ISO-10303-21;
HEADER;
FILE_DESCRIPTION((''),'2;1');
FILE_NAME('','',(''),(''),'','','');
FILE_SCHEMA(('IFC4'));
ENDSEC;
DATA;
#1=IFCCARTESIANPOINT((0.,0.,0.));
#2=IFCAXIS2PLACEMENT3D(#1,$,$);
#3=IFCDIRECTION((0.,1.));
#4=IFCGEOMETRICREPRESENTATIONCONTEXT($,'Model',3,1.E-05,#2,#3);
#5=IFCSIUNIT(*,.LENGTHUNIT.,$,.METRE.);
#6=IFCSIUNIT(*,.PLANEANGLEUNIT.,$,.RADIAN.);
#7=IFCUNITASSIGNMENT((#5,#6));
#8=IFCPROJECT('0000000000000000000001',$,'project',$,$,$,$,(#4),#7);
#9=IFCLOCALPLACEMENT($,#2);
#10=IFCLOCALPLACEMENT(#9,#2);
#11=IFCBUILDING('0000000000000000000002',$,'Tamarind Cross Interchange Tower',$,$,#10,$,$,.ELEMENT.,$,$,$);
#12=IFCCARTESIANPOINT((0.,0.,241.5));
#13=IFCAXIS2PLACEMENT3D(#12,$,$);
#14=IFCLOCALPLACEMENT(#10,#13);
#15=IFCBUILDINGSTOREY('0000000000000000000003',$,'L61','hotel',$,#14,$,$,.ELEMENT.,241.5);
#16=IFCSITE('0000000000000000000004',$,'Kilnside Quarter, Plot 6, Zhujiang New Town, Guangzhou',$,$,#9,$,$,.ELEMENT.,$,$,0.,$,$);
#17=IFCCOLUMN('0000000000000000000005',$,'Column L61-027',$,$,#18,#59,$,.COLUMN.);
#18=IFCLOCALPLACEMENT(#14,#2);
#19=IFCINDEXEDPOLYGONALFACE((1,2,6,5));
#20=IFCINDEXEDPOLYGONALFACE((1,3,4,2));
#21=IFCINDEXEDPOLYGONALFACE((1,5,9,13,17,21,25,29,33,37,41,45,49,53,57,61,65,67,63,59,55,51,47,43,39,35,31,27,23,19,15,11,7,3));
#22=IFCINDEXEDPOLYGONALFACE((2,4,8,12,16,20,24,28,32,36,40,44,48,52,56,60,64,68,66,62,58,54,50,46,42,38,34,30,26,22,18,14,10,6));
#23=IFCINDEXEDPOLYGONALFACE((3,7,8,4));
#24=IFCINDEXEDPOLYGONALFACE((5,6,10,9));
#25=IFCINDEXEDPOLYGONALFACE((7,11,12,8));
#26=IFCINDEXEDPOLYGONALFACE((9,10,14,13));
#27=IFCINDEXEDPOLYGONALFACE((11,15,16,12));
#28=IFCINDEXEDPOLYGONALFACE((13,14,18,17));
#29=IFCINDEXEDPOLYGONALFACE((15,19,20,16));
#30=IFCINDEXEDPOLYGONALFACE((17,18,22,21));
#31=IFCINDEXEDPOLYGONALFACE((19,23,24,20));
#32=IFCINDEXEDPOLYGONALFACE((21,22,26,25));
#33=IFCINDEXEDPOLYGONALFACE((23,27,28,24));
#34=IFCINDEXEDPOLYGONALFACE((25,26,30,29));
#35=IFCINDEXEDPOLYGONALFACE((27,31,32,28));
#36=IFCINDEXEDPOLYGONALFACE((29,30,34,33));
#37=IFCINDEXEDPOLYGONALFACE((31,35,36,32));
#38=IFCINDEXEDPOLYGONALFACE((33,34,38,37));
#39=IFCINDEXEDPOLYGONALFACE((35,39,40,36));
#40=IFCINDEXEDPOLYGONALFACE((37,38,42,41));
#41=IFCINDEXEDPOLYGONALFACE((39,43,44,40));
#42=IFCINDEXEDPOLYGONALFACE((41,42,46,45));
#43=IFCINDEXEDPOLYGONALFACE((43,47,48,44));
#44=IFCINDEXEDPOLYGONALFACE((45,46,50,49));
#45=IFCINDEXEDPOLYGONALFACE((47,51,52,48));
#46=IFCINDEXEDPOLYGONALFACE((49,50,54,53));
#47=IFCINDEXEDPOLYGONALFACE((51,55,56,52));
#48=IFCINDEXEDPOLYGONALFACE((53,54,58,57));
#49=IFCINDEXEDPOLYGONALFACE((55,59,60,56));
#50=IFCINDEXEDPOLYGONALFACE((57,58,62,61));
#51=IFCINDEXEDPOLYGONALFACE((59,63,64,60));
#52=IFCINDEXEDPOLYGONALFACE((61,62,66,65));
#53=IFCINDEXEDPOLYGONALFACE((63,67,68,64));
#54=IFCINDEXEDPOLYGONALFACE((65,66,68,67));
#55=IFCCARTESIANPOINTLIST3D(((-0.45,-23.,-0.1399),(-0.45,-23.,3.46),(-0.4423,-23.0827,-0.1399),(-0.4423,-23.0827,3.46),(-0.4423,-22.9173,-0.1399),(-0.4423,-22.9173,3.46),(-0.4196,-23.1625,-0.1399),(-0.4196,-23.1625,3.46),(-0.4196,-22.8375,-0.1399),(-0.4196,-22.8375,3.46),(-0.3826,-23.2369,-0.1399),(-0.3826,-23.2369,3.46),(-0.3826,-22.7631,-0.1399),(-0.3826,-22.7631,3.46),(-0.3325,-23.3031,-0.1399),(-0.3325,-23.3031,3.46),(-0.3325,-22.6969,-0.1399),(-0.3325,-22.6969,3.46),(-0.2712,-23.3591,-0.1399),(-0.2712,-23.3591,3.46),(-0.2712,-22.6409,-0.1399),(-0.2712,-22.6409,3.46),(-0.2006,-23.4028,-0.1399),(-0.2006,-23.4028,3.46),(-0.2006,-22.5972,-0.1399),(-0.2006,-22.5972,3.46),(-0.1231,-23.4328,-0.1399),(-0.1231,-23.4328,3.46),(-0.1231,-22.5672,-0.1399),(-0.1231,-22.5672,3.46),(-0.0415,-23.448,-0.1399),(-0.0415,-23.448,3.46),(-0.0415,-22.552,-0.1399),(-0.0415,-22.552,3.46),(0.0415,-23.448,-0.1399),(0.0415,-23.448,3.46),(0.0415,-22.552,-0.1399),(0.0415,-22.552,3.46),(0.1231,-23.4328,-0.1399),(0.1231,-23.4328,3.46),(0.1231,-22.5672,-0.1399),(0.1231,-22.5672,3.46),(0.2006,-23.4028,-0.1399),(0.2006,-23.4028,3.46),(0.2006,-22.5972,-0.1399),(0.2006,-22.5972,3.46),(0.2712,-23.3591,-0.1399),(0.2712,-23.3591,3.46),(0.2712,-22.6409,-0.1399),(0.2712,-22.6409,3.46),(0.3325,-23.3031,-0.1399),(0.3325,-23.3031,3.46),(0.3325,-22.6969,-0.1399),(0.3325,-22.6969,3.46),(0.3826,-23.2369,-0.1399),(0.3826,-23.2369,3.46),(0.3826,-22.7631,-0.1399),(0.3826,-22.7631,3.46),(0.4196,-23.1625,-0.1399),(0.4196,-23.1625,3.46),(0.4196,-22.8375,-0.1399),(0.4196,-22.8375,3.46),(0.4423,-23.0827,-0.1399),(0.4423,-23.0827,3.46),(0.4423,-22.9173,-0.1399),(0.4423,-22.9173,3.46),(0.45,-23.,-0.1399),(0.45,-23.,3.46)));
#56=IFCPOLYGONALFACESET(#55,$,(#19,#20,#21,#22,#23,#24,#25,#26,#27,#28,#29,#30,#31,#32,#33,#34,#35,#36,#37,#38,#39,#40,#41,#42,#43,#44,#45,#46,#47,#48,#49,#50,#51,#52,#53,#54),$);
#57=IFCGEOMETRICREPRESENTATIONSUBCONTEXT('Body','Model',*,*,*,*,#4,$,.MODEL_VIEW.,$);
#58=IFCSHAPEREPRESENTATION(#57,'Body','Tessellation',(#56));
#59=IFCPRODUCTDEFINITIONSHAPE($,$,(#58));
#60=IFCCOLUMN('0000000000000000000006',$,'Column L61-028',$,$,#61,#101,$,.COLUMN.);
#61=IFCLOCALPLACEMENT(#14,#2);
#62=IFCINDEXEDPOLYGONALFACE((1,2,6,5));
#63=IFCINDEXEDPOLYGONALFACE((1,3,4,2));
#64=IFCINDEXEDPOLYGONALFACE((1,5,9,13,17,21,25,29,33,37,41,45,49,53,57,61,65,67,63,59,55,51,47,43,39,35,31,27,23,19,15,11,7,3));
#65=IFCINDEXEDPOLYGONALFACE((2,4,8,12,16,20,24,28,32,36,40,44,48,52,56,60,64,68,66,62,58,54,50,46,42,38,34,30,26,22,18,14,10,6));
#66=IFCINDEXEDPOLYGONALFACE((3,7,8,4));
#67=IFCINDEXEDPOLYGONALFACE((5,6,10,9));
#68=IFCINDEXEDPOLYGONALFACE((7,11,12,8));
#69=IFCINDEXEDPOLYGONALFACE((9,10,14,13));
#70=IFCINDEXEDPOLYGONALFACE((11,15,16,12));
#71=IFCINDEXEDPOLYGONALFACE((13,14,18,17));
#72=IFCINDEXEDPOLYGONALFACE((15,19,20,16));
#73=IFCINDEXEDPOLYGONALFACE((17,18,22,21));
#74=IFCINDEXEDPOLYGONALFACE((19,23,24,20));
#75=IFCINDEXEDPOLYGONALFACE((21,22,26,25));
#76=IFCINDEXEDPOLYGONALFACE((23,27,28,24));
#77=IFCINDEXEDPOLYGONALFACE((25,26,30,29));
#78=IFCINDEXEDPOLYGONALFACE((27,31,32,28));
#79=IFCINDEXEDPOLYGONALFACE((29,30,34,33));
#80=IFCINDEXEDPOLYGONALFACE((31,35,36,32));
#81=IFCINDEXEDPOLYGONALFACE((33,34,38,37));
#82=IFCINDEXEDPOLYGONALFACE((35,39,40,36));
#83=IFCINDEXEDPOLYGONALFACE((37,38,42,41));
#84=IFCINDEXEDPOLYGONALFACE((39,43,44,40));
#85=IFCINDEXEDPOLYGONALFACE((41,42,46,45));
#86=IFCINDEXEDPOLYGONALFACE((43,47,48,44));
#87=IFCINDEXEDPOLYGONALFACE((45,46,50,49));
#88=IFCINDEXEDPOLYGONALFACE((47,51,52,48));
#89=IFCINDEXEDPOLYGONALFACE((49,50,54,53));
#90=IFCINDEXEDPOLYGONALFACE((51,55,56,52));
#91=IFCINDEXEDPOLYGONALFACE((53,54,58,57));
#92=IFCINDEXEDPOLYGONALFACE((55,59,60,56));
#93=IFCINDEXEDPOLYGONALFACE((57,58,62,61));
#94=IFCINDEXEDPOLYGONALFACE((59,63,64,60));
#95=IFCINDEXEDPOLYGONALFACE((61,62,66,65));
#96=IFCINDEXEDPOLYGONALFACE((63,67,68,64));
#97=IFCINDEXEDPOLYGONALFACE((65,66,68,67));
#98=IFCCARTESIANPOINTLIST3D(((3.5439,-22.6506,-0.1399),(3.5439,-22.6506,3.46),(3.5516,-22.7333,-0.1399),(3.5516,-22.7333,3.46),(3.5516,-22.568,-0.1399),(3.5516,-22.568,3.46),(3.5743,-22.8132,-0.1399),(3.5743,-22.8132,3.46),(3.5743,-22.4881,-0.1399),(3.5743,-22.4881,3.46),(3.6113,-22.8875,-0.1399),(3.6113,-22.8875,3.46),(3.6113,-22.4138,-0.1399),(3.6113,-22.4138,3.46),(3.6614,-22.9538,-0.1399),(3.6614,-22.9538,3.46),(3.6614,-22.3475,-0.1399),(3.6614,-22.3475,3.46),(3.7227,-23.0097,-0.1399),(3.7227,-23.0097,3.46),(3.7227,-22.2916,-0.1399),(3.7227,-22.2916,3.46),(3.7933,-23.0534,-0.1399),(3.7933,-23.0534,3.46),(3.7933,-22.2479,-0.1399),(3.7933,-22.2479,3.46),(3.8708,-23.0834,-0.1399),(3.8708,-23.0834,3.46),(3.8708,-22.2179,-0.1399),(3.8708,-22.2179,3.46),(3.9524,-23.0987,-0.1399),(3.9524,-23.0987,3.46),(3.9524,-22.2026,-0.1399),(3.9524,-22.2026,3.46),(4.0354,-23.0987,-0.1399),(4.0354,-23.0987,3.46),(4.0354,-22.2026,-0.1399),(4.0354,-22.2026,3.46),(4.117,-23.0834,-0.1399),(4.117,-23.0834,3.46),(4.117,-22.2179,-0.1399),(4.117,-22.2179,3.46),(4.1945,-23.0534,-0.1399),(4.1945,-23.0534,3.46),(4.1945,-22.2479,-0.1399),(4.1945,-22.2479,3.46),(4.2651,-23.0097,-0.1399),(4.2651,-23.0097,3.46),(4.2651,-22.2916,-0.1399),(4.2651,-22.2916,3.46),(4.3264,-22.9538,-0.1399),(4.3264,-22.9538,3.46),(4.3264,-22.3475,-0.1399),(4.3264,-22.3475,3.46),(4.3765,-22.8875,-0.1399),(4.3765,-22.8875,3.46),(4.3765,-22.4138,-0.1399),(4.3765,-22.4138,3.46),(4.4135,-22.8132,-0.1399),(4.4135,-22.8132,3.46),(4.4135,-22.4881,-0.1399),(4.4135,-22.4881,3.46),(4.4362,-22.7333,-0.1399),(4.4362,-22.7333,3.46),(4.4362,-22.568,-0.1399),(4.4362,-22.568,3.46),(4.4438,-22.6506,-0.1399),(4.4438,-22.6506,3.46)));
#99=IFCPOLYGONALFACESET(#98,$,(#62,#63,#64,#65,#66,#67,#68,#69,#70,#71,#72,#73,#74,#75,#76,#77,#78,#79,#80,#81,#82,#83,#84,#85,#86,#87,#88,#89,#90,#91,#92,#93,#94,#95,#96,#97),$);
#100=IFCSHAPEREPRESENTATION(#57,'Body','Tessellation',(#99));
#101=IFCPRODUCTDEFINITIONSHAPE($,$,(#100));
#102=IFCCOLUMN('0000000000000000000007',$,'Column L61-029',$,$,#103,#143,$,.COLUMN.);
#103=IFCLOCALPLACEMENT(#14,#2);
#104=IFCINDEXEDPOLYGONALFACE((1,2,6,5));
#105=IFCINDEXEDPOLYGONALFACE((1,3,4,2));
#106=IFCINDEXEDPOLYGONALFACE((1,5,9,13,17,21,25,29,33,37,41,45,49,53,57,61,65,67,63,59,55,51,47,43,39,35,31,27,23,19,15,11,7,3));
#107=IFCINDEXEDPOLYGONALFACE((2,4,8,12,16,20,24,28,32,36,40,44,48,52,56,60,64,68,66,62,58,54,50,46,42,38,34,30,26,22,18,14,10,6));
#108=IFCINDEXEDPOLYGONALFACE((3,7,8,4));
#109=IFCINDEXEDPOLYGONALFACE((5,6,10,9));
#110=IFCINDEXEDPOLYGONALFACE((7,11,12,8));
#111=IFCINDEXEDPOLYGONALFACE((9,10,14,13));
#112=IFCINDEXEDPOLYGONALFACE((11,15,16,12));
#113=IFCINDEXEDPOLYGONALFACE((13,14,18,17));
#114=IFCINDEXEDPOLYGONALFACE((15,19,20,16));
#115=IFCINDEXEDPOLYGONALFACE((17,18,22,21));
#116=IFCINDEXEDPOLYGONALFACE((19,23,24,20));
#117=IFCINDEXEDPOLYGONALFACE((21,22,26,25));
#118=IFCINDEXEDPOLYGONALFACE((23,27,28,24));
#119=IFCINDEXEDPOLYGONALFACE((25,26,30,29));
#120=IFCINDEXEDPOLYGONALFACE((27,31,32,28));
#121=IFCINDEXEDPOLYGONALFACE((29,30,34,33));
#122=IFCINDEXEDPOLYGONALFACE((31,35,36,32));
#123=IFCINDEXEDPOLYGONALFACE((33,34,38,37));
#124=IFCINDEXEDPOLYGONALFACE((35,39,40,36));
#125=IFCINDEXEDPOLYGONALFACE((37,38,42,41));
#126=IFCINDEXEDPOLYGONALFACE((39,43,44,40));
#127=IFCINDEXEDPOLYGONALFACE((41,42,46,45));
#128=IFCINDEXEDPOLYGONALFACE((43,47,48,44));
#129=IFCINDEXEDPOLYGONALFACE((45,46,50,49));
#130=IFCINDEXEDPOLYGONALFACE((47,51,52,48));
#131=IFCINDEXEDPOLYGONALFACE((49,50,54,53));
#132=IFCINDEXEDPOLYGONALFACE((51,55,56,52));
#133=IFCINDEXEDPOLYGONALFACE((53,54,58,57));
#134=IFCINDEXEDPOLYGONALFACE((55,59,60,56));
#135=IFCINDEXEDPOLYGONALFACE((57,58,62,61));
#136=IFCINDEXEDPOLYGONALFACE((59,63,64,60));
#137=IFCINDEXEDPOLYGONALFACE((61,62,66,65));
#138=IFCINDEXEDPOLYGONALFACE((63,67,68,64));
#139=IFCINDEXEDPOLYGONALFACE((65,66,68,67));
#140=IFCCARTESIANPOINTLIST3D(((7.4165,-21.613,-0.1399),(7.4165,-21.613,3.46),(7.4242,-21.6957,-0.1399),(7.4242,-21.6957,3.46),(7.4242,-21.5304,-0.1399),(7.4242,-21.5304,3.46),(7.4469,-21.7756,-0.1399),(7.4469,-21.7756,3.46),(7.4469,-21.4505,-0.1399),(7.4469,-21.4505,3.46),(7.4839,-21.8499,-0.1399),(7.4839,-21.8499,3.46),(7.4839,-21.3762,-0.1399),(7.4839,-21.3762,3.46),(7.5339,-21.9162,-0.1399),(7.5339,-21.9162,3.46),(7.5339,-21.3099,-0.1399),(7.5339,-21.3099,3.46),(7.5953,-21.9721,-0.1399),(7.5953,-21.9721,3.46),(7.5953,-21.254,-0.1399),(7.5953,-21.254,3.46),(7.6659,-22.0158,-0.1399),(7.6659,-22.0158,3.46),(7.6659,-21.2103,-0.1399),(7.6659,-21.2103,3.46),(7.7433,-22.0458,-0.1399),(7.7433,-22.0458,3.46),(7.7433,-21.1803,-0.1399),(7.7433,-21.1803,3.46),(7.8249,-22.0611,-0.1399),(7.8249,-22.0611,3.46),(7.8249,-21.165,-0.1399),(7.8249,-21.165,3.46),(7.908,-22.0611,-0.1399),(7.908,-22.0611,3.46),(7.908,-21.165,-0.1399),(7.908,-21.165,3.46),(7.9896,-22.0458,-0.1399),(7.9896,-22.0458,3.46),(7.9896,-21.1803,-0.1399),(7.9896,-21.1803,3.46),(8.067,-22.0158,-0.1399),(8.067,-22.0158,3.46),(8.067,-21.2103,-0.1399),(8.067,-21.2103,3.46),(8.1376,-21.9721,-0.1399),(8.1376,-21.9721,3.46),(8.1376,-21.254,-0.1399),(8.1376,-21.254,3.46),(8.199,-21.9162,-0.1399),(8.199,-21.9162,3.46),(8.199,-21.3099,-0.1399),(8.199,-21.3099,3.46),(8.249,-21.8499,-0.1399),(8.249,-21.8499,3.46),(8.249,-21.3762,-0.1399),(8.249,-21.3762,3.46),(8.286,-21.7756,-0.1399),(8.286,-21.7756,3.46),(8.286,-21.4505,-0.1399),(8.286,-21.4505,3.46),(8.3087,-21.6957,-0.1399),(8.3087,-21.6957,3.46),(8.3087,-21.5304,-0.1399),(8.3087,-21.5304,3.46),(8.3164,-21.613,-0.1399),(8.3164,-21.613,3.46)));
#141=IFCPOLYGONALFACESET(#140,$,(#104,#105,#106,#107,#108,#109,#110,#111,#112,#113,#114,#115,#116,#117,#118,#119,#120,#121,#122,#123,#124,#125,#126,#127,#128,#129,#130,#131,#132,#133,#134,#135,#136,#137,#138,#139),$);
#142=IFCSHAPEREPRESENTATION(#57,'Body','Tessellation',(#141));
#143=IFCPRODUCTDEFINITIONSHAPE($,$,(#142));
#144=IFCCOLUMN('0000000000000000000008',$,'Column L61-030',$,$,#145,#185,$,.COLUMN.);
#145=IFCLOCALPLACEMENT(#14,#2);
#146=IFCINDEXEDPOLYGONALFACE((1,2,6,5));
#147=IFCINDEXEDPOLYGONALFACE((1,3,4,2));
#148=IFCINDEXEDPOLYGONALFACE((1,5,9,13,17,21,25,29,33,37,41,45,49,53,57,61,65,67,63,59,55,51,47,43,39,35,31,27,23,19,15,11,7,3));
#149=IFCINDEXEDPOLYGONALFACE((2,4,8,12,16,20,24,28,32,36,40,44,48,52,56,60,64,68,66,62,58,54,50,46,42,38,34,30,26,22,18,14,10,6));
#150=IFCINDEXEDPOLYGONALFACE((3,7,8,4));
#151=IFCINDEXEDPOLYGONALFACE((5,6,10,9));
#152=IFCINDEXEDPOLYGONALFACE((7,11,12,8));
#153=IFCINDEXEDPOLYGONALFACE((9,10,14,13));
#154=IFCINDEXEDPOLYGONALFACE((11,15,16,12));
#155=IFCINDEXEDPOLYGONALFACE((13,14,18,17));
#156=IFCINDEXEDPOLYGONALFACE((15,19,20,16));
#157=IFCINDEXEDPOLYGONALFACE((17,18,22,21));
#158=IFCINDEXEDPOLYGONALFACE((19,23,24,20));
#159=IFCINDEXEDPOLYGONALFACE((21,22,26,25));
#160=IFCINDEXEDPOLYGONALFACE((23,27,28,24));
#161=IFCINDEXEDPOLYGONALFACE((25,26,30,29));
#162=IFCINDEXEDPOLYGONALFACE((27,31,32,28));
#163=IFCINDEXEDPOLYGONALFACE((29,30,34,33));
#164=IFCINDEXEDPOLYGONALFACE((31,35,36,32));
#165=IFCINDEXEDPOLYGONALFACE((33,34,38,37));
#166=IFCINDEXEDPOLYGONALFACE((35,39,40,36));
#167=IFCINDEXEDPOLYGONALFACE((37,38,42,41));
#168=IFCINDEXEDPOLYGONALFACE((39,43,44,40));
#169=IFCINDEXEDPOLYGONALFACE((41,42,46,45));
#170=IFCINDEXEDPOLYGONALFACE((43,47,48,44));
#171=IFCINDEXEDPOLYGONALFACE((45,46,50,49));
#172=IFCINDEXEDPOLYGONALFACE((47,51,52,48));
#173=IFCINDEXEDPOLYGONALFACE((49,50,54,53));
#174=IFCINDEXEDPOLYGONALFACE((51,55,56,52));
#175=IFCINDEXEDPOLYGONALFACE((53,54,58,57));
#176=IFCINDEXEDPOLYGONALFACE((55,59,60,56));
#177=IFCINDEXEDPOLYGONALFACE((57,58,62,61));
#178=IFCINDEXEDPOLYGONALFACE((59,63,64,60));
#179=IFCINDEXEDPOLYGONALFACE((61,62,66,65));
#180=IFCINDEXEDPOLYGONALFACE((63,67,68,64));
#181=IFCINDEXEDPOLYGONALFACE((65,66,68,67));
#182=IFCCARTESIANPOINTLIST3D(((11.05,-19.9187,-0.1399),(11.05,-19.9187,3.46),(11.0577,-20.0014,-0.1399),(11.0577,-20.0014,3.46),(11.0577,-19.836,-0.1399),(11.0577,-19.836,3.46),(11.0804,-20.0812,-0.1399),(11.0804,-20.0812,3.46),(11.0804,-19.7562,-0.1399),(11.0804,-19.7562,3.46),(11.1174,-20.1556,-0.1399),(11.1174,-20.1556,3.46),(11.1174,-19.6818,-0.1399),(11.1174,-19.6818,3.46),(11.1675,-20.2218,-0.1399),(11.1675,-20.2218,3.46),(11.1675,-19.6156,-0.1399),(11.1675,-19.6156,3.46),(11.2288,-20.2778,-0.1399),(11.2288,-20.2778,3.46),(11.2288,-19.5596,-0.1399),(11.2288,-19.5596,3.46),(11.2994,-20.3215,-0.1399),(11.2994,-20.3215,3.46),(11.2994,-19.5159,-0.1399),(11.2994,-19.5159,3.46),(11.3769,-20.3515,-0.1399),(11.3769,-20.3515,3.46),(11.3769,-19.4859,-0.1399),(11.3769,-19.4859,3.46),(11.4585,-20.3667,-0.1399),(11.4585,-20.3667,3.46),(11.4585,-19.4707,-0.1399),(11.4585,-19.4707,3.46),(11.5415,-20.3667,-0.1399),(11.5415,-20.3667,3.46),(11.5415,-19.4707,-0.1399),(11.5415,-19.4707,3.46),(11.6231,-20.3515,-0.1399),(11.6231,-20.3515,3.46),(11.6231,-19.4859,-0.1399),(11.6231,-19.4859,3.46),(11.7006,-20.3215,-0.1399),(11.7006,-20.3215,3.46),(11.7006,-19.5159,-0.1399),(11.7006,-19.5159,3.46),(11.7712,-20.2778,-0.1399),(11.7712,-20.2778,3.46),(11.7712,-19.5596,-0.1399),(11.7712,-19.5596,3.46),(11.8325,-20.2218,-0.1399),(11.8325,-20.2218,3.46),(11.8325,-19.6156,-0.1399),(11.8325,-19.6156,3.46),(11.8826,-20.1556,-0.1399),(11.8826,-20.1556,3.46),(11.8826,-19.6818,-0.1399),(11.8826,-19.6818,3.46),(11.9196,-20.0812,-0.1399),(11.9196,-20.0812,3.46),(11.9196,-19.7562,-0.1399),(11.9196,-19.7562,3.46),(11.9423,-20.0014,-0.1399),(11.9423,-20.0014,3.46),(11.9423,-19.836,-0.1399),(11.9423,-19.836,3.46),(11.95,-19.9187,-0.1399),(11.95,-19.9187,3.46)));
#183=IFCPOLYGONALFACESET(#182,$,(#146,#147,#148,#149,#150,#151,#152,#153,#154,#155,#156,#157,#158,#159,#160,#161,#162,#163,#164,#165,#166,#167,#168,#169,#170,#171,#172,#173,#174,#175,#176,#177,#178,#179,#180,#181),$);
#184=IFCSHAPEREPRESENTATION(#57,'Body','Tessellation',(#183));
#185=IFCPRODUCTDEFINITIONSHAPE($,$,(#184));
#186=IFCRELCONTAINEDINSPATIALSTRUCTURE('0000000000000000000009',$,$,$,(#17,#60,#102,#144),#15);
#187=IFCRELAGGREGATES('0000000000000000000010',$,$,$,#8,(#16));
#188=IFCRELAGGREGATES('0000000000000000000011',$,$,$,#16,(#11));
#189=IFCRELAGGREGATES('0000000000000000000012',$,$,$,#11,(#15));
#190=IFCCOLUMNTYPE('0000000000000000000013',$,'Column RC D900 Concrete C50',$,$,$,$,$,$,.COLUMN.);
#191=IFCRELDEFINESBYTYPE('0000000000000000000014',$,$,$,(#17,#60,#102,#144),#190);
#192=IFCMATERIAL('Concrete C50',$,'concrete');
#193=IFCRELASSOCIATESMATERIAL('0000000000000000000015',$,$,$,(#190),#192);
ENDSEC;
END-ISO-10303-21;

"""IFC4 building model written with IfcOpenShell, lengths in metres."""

from ifc_helpers import new_model, si_unit, direction, frame, origin, origin_2d, place, context, subcontext, project, spatial, circle, extrude, material, material_profile, profile_set, type_object, element, save


model = new_model("IFC4")

# Units and contexts
model_context = context("Model", 3, precision=1e-05, world=origin(), true_north=direction((0.0, 1.0)))
body_context = subcontext(model_context, "Body", "Model", "MODEL_VIEW")
ifc_project = project(units=[si_unit("LENGTHUNIT", "METRE"), si_unit("PLANEANGLEUNIT", "RADIAN")], contexts=[model_context])

# Site, building, storey
site_placement = place(None, origin())
site = spatial("IfcSite", under=ifc_project, at=site_placement, Name="Kilnside Quarter, Plot 6, Zhujiang New Town, Guangzhou", CompositionType="ELEMENT", RefElevation=0.0)
building_placement = place(site_placement, origin())
building = spatial("IfcBuilding", under=site, at=building_placement, Name="Tamarind Cross Interchange Tower", CompositionType="ELEMENT")
storey_placement = place(building_placement, frame((0.0, 0.0, 241.5)))
storey = spatial("IfcBuildingStorey", under=building, at=storey_placement, Name="L61", Description="hotel", CompositionType="ELEMENT", Elevation=241.5)

# Columns
ifc_material_1 = material(Name="Concrete C50", Category="concrete")
ifc_material_profile_1 = material_profile(ifc_material_1, circle(Radius=0.45, at=origin_2d()), Name="RC D900")
ifc_profile_set_1 = profile_set([ifc_material_profile_1], Name="Concrete C50")
column_type = type_object("IfcColumnType", Name="Column RC D900 Concrete C50", PredefinedType="COLUMN", material=ifc_profile_set_1)
for number, where, z_axis, x_axis, name in (
    (1, (0.0, -23.0, -0.1399), (0.0, 0.0, 1.0), (1.0, 0.0, 0.0), "Column L61-027"),
    (2, (3.9939, -22.6506, -0.1399), (0.0, 0.0, 1.0), (1.0, 0.0, 0.0), "Column L61-028"),
    (3, (7.8665, -21.613, -0.1399), (0.0, 0.0, 1.0), (1.0, 0.0, 0.0), "Column L61-029"),
    (4, (11.5, -19.9187, -0.1399), (0.0, 0.0, 1.0), (1.0, 0.0, 0.0), "Column L61-030"),
):
    element("IfcColumn", number, at=place(storey_placement, frame(where, z_axis=z_axis, x_axis=x_axis)), inside=storey, type_object=column_type, Name=name, PredefinedType="COLUMN", context=body_context, shape_type="SweptSolid", body=[
        extrude(circle(Radius=0.45, at=origin_2d()), origin(), (0.0, 0.0, 1.0), 3.5999),
    ])

save(model, "model.ifc")
